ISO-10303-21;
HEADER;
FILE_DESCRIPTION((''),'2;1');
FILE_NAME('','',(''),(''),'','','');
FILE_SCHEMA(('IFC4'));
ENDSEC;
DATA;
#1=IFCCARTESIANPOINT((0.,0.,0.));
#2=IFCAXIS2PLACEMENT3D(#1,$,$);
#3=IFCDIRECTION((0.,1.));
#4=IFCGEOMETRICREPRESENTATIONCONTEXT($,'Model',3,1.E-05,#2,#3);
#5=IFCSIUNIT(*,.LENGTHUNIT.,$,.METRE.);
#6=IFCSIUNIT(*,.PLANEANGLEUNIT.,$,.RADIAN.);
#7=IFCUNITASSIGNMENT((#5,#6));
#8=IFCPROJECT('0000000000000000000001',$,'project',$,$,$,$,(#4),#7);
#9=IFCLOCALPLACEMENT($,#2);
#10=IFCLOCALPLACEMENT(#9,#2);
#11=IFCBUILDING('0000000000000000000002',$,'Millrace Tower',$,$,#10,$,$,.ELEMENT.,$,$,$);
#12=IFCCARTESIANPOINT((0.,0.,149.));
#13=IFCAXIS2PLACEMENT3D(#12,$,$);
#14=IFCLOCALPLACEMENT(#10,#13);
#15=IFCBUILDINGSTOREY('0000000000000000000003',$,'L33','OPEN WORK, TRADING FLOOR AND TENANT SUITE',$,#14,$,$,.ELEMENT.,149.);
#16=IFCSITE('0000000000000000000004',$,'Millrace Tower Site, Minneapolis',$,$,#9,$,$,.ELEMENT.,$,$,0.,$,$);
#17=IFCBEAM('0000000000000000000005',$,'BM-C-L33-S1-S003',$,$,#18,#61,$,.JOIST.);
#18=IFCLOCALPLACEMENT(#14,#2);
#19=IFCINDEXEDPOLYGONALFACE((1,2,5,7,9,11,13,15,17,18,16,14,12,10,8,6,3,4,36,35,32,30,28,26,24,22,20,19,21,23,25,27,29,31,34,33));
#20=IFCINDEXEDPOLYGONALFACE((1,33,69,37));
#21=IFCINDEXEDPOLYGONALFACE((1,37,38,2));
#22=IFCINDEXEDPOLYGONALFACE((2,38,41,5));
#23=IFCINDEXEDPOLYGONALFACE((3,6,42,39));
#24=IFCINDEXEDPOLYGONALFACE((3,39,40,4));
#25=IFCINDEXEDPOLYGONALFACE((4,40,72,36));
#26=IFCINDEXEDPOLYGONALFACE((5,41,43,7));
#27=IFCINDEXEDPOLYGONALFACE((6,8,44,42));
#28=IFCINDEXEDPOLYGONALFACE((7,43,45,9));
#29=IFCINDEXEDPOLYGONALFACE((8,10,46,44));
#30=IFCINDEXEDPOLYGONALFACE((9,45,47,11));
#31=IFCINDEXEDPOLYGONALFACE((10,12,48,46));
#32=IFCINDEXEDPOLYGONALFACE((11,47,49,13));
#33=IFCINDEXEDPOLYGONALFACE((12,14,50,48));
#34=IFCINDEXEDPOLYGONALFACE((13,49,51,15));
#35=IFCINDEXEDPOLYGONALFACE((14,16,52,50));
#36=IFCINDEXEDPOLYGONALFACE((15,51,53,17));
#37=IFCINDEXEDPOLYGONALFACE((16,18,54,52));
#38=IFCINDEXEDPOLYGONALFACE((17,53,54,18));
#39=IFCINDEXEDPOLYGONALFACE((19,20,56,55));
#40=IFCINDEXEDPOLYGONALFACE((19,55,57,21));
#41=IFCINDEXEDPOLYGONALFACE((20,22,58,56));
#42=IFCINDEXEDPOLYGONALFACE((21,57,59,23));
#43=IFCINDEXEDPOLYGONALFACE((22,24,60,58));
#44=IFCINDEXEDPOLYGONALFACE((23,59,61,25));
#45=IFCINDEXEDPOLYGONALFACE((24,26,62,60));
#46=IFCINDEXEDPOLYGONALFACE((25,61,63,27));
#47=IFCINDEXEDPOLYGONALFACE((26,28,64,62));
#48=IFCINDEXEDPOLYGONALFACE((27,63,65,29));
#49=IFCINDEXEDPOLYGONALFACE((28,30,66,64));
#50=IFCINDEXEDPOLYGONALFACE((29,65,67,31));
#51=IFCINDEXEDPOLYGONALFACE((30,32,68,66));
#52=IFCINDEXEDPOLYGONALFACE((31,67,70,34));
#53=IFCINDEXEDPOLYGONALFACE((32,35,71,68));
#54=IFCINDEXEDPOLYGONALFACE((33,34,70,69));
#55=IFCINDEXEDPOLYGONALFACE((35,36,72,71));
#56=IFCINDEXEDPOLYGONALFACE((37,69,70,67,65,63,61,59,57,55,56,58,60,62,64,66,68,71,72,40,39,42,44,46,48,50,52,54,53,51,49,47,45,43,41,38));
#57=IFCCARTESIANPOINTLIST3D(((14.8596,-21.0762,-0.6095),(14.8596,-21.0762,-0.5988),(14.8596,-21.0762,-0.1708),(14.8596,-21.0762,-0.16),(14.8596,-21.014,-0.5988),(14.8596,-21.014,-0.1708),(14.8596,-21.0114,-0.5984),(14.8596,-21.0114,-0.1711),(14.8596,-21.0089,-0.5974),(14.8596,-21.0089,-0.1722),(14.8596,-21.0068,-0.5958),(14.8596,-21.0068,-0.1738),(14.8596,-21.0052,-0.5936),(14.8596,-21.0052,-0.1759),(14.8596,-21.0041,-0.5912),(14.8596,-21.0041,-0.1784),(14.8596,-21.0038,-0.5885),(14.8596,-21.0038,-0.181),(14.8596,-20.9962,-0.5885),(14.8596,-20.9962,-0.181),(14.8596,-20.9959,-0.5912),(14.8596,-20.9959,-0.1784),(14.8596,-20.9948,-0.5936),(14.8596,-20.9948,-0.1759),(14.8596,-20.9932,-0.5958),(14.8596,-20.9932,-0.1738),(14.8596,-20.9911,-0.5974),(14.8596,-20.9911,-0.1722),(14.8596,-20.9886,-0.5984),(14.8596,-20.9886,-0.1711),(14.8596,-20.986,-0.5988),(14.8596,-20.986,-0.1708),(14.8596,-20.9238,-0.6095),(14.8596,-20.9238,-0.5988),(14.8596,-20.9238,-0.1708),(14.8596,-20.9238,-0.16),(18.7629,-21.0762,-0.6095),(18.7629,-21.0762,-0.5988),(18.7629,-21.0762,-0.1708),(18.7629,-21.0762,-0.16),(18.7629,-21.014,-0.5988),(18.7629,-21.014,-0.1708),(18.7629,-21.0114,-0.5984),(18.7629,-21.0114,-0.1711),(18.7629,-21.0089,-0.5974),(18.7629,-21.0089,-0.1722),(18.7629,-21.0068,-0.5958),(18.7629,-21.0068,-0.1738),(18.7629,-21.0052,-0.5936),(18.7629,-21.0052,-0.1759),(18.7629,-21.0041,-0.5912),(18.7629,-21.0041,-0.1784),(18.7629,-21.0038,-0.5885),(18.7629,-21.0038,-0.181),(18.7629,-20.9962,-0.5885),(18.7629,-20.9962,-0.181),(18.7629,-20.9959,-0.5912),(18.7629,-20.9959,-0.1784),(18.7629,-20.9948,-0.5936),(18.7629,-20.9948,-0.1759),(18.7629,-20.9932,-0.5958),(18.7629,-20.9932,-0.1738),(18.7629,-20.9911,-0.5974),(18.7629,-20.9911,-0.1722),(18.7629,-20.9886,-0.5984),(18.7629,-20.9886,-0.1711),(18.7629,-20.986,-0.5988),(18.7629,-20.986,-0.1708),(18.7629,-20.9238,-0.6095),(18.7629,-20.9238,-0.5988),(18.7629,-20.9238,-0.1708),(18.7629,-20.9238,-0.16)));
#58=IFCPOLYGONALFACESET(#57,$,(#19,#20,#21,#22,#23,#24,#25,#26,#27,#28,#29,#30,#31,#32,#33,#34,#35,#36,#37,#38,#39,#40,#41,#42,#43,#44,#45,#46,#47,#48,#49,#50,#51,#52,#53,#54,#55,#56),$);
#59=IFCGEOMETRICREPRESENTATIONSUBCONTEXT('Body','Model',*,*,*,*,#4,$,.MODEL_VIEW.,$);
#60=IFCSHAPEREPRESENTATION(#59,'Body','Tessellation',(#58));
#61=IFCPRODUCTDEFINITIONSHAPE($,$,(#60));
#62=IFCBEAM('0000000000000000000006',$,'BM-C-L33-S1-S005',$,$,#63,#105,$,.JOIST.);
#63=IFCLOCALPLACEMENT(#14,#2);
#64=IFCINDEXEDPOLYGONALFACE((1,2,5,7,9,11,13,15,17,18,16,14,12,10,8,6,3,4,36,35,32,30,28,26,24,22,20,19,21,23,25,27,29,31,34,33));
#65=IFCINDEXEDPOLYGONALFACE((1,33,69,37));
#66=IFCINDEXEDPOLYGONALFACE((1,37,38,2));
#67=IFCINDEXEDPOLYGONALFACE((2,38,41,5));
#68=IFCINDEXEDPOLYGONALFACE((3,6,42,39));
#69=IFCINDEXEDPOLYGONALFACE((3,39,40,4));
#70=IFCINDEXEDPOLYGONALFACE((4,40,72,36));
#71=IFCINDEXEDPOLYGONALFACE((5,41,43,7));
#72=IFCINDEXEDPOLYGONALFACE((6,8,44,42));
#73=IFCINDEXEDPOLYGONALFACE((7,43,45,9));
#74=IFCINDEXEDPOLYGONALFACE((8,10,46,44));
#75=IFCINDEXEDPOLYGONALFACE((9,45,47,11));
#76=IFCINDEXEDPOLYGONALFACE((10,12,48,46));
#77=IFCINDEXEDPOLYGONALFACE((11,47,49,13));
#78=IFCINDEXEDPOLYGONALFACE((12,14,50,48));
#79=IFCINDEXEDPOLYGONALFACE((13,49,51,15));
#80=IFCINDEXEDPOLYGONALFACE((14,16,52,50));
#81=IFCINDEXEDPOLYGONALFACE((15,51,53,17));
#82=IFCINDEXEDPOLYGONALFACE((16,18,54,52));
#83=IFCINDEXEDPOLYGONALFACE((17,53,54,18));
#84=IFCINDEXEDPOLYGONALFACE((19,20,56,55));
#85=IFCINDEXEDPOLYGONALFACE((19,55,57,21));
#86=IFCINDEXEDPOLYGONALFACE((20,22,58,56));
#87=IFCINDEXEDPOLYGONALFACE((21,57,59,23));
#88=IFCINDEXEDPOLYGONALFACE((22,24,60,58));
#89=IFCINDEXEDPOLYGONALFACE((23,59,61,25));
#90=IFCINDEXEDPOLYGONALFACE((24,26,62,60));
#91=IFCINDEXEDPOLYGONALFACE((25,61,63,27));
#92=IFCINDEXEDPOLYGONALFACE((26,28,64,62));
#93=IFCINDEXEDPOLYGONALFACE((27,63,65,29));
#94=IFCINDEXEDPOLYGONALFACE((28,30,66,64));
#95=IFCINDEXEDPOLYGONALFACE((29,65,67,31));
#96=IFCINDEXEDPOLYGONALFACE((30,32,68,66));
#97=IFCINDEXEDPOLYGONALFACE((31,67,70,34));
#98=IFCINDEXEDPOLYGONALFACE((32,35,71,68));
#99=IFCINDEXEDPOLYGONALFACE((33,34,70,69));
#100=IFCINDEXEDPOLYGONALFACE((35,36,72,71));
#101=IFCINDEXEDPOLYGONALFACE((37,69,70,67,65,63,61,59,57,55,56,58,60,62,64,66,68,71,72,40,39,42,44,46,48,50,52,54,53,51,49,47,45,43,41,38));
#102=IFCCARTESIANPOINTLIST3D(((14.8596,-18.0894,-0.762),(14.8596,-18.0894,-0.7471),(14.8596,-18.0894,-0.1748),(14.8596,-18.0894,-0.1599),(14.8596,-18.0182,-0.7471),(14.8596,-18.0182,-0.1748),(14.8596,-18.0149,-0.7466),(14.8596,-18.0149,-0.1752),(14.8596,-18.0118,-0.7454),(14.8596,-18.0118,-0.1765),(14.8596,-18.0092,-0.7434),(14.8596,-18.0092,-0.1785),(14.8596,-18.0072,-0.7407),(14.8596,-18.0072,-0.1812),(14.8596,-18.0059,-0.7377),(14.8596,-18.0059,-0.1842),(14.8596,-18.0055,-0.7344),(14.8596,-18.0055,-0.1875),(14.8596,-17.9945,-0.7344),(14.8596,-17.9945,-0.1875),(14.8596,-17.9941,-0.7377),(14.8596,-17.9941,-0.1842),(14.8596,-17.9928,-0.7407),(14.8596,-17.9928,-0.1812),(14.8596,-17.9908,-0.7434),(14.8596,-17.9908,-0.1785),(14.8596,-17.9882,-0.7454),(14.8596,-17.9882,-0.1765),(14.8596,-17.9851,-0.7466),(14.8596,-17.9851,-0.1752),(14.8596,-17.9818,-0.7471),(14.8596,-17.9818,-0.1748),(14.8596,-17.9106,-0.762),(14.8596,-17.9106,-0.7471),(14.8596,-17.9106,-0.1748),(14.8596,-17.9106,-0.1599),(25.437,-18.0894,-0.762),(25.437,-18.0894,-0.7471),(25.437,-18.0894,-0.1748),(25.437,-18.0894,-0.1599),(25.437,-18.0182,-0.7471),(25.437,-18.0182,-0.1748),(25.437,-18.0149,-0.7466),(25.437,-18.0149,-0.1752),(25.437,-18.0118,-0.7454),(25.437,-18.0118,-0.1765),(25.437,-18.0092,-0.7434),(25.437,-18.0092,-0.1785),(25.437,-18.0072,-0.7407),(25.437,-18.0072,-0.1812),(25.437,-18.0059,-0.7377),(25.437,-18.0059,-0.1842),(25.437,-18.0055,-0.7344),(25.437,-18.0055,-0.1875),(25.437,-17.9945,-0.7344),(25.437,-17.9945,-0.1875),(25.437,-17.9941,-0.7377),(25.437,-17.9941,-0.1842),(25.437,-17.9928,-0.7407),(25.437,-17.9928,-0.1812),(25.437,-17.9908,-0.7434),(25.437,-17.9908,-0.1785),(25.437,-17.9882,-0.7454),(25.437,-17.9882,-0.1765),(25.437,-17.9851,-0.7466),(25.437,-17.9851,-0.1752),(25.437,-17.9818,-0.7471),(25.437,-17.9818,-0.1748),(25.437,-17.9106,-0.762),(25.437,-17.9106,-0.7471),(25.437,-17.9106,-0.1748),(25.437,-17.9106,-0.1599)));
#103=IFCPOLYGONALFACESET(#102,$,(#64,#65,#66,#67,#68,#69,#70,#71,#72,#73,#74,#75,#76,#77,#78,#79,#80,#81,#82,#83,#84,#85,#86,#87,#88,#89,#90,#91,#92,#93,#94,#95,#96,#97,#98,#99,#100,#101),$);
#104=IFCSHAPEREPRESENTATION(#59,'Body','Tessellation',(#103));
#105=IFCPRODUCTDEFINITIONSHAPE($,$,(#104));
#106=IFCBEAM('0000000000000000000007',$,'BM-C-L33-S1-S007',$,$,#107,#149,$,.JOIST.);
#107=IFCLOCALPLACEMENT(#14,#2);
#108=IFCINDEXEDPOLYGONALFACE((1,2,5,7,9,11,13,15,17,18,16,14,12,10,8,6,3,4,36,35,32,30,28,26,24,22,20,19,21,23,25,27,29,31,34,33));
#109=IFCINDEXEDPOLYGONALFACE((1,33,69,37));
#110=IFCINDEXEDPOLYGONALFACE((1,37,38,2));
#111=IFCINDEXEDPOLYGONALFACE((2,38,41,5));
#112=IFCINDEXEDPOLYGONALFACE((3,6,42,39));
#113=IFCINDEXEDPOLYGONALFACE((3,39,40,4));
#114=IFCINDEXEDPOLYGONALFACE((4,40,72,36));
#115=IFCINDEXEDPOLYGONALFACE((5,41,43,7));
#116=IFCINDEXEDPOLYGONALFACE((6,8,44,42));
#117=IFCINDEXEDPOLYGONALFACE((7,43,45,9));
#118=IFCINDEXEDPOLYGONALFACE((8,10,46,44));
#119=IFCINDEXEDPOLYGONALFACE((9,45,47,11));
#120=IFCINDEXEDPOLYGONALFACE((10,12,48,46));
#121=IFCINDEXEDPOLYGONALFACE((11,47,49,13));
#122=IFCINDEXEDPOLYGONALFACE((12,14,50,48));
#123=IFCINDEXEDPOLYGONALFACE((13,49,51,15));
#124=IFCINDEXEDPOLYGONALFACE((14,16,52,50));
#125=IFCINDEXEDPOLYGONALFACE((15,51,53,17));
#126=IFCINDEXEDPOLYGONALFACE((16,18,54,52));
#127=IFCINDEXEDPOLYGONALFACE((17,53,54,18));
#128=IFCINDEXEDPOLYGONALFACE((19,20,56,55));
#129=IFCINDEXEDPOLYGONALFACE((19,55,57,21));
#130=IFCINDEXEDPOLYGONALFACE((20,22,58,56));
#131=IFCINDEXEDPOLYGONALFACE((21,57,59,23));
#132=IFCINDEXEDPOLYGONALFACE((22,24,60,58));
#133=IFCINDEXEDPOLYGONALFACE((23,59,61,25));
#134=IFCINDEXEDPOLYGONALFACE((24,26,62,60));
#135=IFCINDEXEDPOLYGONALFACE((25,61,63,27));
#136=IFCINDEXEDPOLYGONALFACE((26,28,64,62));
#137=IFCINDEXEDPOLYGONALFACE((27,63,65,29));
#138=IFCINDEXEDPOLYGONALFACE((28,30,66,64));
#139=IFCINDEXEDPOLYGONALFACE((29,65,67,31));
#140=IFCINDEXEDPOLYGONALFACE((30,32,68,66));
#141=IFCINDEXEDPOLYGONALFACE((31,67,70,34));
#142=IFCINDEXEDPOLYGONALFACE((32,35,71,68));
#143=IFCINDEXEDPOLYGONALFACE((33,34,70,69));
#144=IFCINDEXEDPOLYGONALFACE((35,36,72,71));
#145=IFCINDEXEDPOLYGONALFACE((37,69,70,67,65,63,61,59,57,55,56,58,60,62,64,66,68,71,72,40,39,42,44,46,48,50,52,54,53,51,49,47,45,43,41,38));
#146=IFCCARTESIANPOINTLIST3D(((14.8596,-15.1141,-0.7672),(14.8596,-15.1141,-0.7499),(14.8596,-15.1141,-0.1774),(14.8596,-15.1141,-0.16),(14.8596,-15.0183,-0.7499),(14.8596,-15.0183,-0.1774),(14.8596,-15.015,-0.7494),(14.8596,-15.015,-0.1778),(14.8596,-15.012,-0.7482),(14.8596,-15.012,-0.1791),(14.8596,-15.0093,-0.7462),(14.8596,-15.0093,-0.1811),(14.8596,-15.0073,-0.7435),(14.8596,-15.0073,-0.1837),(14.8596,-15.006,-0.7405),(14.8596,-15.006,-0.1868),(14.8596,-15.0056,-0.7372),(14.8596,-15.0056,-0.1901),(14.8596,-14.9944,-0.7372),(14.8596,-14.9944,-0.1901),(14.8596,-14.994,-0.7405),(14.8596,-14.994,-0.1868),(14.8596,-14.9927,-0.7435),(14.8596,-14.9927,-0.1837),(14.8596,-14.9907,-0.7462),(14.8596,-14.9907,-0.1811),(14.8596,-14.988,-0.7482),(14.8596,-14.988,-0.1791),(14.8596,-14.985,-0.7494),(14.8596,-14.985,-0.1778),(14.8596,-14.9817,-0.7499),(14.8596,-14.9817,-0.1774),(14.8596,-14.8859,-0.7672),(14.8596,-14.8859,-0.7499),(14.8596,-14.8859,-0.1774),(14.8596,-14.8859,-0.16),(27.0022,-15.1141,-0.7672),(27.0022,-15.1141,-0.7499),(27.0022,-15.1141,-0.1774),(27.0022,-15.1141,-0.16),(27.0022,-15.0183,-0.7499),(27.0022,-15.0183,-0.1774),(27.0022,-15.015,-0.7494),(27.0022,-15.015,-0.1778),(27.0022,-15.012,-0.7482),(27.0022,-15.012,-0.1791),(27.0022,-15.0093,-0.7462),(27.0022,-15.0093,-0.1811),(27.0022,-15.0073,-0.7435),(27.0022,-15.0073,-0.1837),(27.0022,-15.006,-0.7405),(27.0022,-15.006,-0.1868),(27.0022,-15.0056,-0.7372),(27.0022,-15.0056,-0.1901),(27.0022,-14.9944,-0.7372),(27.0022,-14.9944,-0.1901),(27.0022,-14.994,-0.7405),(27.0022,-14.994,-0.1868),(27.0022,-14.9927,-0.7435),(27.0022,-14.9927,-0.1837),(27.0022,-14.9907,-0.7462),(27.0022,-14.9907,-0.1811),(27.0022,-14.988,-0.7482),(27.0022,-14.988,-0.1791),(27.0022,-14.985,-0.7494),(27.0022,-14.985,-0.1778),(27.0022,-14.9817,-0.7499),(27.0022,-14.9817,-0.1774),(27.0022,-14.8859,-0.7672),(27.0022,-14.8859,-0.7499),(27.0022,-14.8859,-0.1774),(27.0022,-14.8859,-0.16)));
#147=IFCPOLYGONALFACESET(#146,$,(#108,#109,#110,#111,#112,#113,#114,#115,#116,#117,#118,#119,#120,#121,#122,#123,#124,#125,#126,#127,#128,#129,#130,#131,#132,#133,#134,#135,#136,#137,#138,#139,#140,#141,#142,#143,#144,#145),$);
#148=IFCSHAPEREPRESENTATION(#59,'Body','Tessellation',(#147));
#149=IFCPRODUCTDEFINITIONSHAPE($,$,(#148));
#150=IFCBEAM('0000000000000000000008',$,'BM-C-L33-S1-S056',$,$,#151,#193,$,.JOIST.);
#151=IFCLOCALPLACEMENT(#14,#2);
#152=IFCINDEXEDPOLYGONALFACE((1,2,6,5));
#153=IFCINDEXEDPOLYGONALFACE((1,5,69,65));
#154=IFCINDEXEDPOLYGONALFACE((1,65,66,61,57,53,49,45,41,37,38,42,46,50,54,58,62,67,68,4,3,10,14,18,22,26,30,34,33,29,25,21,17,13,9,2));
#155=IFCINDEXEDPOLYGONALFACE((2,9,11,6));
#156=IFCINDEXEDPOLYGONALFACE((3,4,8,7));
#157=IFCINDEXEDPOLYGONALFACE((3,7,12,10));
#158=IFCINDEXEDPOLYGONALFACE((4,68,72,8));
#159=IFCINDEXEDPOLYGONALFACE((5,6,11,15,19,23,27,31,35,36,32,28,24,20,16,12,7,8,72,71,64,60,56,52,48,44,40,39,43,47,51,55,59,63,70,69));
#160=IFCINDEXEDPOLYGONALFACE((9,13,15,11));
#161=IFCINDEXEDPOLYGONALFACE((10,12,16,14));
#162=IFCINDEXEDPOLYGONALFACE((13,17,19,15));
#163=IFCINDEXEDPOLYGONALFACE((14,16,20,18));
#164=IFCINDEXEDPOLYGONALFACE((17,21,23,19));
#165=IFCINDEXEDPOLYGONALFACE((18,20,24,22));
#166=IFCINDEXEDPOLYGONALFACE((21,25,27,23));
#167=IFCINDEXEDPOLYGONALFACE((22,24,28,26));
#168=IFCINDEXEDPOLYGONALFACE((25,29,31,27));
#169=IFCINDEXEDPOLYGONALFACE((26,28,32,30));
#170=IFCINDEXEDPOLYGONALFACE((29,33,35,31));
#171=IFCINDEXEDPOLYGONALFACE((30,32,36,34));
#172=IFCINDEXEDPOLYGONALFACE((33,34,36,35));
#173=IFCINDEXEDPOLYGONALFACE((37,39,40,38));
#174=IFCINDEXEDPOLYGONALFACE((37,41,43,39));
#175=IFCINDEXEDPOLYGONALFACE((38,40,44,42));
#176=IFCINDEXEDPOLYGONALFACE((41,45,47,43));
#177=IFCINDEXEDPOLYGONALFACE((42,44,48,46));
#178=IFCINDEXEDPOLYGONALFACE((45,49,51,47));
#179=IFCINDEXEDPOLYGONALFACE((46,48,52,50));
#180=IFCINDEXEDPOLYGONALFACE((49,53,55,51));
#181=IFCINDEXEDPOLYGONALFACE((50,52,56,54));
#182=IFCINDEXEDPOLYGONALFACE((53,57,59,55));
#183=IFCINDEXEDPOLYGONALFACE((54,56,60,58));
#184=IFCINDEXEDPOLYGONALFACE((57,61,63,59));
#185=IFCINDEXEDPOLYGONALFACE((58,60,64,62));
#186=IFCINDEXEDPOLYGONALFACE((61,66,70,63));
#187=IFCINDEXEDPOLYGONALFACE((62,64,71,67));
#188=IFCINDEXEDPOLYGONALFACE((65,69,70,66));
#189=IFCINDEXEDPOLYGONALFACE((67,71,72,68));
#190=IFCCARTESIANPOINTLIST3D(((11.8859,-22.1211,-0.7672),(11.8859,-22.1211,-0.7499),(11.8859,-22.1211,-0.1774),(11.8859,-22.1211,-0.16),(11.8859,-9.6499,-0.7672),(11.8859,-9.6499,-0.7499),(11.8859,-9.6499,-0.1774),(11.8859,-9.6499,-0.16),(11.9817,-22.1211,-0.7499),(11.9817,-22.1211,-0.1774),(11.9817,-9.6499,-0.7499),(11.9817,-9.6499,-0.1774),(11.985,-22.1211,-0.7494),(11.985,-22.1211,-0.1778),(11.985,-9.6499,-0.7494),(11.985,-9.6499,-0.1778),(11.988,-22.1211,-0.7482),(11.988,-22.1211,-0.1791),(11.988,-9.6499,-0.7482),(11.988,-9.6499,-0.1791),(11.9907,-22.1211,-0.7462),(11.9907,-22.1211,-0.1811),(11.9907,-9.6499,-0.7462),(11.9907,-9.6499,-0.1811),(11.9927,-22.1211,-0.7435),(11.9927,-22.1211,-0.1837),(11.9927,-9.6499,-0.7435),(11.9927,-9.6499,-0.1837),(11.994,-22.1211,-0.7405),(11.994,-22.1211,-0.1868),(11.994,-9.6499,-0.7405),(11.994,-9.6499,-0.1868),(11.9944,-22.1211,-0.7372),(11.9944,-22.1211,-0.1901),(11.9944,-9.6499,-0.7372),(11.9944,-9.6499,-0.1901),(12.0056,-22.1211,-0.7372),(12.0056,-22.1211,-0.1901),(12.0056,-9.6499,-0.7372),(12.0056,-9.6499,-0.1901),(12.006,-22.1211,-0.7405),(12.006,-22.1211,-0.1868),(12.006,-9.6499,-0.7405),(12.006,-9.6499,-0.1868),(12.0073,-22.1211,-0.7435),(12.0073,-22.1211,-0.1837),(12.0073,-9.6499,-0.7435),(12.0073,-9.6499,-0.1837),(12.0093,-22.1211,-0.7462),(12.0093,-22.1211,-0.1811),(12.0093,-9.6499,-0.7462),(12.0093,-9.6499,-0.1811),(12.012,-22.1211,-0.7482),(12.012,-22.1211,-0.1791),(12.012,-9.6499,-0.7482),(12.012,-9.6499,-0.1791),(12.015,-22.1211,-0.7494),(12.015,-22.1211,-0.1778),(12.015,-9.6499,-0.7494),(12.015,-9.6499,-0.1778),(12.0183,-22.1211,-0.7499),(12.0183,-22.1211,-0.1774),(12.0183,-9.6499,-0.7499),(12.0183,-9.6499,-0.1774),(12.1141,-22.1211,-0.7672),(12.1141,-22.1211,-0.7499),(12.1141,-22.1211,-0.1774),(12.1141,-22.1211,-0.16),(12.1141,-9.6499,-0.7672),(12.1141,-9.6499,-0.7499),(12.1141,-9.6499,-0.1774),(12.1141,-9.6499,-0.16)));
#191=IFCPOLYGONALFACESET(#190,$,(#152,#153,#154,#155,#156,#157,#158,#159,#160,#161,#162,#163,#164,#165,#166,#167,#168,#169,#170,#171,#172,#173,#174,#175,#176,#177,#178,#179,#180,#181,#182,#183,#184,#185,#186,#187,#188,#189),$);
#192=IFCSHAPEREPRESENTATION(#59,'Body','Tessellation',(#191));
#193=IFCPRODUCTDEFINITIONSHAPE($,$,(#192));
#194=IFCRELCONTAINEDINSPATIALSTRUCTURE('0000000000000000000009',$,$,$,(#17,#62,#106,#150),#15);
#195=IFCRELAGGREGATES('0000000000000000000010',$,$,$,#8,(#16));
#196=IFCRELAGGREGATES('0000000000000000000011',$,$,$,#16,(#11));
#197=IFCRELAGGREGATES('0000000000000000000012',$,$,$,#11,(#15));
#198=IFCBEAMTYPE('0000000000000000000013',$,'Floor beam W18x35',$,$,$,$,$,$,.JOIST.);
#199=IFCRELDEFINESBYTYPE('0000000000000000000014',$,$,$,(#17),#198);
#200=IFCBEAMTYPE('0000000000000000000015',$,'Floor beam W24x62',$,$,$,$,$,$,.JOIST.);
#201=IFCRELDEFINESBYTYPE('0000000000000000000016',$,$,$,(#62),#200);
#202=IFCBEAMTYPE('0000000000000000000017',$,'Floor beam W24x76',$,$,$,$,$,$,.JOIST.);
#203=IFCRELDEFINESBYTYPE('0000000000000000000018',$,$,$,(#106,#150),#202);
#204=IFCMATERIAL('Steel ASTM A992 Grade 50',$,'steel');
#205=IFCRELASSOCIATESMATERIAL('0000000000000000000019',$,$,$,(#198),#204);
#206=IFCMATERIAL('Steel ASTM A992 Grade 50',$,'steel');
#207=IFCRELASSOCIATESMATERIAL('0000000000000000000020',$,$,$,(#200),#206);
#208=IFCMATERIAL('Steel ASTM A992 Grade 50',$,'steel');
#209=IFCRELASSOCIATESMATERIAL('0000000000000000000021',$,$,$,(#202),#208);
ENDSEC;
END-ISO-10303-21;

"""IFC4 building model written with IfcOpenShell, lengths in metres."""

from ifc_helpers import new_model, si_unit, direction, frame, origin, origin_2d, place, context, subcontext, project, spatial, i_section, extrude, material, material_profile, profile_set, type_object, element, save


model = new_model("IFC4")

# Units and contexts
model_context = context("Model", 3, precision=1e-05, world=origin(), true_north=direction((0.0, 1.0)))
body_context = subcontext(model_context, "Body", "Model", "MODEL_VIEW")
ifc_project = project(units=[si_unit("LENGTHUNIT", "METRE"), si_unit("PLANEANGLEUNIT", "RADIAN")], contexts=[model_context])

# Site, building, storey
site_placement = place(None, origin())
site = spatial("IfcSite", under=ifc_project, at=site_placement, Name="Millrace Tower Site, Minneapolis", CompositionType="ELEMENT", RefElevation=0.0)
building_placement = place(site_placement, origin())
building = spatial("IfcBuilding", under=site, at=building_placement, Name="Millrace Tower", CompositionType="ELEMENT")
storey_placement = place(building_placement, frame((0.0, 0.0, 149.0)))
storey = spatial("IfcBuildingStorey", under=building, at=storey_placement, Name="L33", Description="OPEN WORK, TRADING FLOOR AND TENANT SUITE", CompositionType="ELEMENT", Elevation=149.0)

# Beams
ifc_material_1 = material(Name="Steel ASTM A992 Grade 50", Category="steel")
ifc_material_profile_1 = material_profile(ifc_material_1, i_section(OverallWidth=0.1523, OverallDepth=0.4495, WebThickness=0.0076, FlangeThickness=0.0107, FilletRadius=0.0103, at=origin_2d()))
ifc_profile_set_1 = profile_set([ifc_material_profile_1], Name="Steel ASTM A992 Grade 50")
beam_type_1 = type_object("IfcBeamType", Name="Floor beam W18x35", PredefinedType="JOIST", material=ifc_profile_set_1)
beam_1_placement = place(storey_placement, frame((14.8596, -21.0, -0.3848), z_axis=(1.0, 0.0, 0.0), x_axis=(0.0, 1.0, 0.0)))
element("IfcBeam", 1, at=beam_1_placement, inside=storey, type_object=beam_type_1, Name="BM-C-L33-S1-S003", PredefinedType="JOIST", context=body_context, shape_type="SweptSolid", body=[
    extrude(i_section(OverallWidth=0.1523, OverallDepth=0.4495, WebThickness=0.0076, FlangeThickness=0.0107, FilletRadius=0.0103, at=origin_2d()), origin(), (0.0, 0.0, 1.0), 3.9033),
])
ifc_material_2 = material(Name="Steel ASTM A992 Grade 50", Category="steel")
ifc_material_profile_2 = material_profile(ifc_material_2, i_section(OverallWidth=0.1787, OverallDepth=0.6021, WebThickness=0.011, FlangeThickness=0.0149, FilletRadius=0.0127, at=origin_2d()))
ifc_profile_set_2 = profile_set([ifc_material_profile_2], Name="Steel ASTM A992 Grade 50")
beam_type_2 = type_object("IfcBeamType", Name="Floor beam W24x62", PredefinedType="JOIST", material=ifc_profile_set_2)
beam_2_placement = place(storey_placement, frame((14.8596, -18.0, -0.4609), z_axis=(1.0, 0.0, 0.0), x_axis=(0.0, 1.0, 0.0)))
element("IfcBeam", 2, at=beam_2_placement, inside=storey, type_object=beam_type_2, Name="BM-C-L33-S1-S005", PredefinedType="JOIST", context=body_context, shape_type="SweptSolid", body=[
    extrude(i_section(OverallWidth=0.1787, OverallDepth=0.6021, WebThickness=0.011, FlangeThickness=0.0149, FilletRadius=0.0127, at=origin_2d()), origin(), (0.0, 0.0, 1.0), 10.5774),
])
ifc_material_3 = material(Name="Steel ASTM A992 Grade 50", Category="steel")
ifc_material_profile_3 = material_profile(ifc_material_3, i_section(OverallWidth=0.2283, OverallDepth=0.6072, WebThickness=0.0112, FlangeThickness=0.0173, FilletRadius=0.0127, at=origin_2d()))
ifc_profile_set_3 = profile_set([ifc_material_profile_3], Name="Steel ASTM A992 Grade 50")
beam_type_3 = type_object("IfcBeamType", Name="Floor beam W24x76", PredefinedType="JOIST", material=ifc_profile_set_3)
beam_3_placement = place(storey_placement, frame((14.8596, -15.0, -0.4636), z_axis=(1.0, 0.0, 0.0), x_axis=(0.0, 1.0, 0.0)))
element("IfcBeam", 3, at=beam_3_placement, inside=storey, type_object=beam_type_3, Name="BM-C-L33-S1-S007", PredefinedType="JOIST", context=body_context, shape_type="SweptSolid", body=[
    extrude(i_section(OverallWidth=0.2283, OverallDepth=0.6072, WebThickness=0.0112, FlangeThickness=0.0173, FilletRadius=0.0127, at=origin_2d()), origin(), (0.0, 0.0, 1.0), 12.1426),
])
beam_4_placement = place(storey_placement, frame((12.0, -22.1211, -0.4636), z_axis=(0.0, 1.0, 0.0), x_axis=(-1.0, 0.0, 0.0)))
element("IfcBeam", 4, at=beam_4_placement, inside=storey, type_object=beam_type_3, Name="BM-C-L33-S1-S056", PredefinedType="JOIST", context=body_context, shape_type="SweptSolid", body=[
    extrude(i_section(OverallWidth=0.2283, OverallDepth=0.6072, WebThickness=0.0112, FlangeThickness=0.0173, FilletRadius=0.0127, at=origin_2d()), origin(), (0.0, 0.0, 1.0), 12.4712),
])

save(model, "model.ifc")
